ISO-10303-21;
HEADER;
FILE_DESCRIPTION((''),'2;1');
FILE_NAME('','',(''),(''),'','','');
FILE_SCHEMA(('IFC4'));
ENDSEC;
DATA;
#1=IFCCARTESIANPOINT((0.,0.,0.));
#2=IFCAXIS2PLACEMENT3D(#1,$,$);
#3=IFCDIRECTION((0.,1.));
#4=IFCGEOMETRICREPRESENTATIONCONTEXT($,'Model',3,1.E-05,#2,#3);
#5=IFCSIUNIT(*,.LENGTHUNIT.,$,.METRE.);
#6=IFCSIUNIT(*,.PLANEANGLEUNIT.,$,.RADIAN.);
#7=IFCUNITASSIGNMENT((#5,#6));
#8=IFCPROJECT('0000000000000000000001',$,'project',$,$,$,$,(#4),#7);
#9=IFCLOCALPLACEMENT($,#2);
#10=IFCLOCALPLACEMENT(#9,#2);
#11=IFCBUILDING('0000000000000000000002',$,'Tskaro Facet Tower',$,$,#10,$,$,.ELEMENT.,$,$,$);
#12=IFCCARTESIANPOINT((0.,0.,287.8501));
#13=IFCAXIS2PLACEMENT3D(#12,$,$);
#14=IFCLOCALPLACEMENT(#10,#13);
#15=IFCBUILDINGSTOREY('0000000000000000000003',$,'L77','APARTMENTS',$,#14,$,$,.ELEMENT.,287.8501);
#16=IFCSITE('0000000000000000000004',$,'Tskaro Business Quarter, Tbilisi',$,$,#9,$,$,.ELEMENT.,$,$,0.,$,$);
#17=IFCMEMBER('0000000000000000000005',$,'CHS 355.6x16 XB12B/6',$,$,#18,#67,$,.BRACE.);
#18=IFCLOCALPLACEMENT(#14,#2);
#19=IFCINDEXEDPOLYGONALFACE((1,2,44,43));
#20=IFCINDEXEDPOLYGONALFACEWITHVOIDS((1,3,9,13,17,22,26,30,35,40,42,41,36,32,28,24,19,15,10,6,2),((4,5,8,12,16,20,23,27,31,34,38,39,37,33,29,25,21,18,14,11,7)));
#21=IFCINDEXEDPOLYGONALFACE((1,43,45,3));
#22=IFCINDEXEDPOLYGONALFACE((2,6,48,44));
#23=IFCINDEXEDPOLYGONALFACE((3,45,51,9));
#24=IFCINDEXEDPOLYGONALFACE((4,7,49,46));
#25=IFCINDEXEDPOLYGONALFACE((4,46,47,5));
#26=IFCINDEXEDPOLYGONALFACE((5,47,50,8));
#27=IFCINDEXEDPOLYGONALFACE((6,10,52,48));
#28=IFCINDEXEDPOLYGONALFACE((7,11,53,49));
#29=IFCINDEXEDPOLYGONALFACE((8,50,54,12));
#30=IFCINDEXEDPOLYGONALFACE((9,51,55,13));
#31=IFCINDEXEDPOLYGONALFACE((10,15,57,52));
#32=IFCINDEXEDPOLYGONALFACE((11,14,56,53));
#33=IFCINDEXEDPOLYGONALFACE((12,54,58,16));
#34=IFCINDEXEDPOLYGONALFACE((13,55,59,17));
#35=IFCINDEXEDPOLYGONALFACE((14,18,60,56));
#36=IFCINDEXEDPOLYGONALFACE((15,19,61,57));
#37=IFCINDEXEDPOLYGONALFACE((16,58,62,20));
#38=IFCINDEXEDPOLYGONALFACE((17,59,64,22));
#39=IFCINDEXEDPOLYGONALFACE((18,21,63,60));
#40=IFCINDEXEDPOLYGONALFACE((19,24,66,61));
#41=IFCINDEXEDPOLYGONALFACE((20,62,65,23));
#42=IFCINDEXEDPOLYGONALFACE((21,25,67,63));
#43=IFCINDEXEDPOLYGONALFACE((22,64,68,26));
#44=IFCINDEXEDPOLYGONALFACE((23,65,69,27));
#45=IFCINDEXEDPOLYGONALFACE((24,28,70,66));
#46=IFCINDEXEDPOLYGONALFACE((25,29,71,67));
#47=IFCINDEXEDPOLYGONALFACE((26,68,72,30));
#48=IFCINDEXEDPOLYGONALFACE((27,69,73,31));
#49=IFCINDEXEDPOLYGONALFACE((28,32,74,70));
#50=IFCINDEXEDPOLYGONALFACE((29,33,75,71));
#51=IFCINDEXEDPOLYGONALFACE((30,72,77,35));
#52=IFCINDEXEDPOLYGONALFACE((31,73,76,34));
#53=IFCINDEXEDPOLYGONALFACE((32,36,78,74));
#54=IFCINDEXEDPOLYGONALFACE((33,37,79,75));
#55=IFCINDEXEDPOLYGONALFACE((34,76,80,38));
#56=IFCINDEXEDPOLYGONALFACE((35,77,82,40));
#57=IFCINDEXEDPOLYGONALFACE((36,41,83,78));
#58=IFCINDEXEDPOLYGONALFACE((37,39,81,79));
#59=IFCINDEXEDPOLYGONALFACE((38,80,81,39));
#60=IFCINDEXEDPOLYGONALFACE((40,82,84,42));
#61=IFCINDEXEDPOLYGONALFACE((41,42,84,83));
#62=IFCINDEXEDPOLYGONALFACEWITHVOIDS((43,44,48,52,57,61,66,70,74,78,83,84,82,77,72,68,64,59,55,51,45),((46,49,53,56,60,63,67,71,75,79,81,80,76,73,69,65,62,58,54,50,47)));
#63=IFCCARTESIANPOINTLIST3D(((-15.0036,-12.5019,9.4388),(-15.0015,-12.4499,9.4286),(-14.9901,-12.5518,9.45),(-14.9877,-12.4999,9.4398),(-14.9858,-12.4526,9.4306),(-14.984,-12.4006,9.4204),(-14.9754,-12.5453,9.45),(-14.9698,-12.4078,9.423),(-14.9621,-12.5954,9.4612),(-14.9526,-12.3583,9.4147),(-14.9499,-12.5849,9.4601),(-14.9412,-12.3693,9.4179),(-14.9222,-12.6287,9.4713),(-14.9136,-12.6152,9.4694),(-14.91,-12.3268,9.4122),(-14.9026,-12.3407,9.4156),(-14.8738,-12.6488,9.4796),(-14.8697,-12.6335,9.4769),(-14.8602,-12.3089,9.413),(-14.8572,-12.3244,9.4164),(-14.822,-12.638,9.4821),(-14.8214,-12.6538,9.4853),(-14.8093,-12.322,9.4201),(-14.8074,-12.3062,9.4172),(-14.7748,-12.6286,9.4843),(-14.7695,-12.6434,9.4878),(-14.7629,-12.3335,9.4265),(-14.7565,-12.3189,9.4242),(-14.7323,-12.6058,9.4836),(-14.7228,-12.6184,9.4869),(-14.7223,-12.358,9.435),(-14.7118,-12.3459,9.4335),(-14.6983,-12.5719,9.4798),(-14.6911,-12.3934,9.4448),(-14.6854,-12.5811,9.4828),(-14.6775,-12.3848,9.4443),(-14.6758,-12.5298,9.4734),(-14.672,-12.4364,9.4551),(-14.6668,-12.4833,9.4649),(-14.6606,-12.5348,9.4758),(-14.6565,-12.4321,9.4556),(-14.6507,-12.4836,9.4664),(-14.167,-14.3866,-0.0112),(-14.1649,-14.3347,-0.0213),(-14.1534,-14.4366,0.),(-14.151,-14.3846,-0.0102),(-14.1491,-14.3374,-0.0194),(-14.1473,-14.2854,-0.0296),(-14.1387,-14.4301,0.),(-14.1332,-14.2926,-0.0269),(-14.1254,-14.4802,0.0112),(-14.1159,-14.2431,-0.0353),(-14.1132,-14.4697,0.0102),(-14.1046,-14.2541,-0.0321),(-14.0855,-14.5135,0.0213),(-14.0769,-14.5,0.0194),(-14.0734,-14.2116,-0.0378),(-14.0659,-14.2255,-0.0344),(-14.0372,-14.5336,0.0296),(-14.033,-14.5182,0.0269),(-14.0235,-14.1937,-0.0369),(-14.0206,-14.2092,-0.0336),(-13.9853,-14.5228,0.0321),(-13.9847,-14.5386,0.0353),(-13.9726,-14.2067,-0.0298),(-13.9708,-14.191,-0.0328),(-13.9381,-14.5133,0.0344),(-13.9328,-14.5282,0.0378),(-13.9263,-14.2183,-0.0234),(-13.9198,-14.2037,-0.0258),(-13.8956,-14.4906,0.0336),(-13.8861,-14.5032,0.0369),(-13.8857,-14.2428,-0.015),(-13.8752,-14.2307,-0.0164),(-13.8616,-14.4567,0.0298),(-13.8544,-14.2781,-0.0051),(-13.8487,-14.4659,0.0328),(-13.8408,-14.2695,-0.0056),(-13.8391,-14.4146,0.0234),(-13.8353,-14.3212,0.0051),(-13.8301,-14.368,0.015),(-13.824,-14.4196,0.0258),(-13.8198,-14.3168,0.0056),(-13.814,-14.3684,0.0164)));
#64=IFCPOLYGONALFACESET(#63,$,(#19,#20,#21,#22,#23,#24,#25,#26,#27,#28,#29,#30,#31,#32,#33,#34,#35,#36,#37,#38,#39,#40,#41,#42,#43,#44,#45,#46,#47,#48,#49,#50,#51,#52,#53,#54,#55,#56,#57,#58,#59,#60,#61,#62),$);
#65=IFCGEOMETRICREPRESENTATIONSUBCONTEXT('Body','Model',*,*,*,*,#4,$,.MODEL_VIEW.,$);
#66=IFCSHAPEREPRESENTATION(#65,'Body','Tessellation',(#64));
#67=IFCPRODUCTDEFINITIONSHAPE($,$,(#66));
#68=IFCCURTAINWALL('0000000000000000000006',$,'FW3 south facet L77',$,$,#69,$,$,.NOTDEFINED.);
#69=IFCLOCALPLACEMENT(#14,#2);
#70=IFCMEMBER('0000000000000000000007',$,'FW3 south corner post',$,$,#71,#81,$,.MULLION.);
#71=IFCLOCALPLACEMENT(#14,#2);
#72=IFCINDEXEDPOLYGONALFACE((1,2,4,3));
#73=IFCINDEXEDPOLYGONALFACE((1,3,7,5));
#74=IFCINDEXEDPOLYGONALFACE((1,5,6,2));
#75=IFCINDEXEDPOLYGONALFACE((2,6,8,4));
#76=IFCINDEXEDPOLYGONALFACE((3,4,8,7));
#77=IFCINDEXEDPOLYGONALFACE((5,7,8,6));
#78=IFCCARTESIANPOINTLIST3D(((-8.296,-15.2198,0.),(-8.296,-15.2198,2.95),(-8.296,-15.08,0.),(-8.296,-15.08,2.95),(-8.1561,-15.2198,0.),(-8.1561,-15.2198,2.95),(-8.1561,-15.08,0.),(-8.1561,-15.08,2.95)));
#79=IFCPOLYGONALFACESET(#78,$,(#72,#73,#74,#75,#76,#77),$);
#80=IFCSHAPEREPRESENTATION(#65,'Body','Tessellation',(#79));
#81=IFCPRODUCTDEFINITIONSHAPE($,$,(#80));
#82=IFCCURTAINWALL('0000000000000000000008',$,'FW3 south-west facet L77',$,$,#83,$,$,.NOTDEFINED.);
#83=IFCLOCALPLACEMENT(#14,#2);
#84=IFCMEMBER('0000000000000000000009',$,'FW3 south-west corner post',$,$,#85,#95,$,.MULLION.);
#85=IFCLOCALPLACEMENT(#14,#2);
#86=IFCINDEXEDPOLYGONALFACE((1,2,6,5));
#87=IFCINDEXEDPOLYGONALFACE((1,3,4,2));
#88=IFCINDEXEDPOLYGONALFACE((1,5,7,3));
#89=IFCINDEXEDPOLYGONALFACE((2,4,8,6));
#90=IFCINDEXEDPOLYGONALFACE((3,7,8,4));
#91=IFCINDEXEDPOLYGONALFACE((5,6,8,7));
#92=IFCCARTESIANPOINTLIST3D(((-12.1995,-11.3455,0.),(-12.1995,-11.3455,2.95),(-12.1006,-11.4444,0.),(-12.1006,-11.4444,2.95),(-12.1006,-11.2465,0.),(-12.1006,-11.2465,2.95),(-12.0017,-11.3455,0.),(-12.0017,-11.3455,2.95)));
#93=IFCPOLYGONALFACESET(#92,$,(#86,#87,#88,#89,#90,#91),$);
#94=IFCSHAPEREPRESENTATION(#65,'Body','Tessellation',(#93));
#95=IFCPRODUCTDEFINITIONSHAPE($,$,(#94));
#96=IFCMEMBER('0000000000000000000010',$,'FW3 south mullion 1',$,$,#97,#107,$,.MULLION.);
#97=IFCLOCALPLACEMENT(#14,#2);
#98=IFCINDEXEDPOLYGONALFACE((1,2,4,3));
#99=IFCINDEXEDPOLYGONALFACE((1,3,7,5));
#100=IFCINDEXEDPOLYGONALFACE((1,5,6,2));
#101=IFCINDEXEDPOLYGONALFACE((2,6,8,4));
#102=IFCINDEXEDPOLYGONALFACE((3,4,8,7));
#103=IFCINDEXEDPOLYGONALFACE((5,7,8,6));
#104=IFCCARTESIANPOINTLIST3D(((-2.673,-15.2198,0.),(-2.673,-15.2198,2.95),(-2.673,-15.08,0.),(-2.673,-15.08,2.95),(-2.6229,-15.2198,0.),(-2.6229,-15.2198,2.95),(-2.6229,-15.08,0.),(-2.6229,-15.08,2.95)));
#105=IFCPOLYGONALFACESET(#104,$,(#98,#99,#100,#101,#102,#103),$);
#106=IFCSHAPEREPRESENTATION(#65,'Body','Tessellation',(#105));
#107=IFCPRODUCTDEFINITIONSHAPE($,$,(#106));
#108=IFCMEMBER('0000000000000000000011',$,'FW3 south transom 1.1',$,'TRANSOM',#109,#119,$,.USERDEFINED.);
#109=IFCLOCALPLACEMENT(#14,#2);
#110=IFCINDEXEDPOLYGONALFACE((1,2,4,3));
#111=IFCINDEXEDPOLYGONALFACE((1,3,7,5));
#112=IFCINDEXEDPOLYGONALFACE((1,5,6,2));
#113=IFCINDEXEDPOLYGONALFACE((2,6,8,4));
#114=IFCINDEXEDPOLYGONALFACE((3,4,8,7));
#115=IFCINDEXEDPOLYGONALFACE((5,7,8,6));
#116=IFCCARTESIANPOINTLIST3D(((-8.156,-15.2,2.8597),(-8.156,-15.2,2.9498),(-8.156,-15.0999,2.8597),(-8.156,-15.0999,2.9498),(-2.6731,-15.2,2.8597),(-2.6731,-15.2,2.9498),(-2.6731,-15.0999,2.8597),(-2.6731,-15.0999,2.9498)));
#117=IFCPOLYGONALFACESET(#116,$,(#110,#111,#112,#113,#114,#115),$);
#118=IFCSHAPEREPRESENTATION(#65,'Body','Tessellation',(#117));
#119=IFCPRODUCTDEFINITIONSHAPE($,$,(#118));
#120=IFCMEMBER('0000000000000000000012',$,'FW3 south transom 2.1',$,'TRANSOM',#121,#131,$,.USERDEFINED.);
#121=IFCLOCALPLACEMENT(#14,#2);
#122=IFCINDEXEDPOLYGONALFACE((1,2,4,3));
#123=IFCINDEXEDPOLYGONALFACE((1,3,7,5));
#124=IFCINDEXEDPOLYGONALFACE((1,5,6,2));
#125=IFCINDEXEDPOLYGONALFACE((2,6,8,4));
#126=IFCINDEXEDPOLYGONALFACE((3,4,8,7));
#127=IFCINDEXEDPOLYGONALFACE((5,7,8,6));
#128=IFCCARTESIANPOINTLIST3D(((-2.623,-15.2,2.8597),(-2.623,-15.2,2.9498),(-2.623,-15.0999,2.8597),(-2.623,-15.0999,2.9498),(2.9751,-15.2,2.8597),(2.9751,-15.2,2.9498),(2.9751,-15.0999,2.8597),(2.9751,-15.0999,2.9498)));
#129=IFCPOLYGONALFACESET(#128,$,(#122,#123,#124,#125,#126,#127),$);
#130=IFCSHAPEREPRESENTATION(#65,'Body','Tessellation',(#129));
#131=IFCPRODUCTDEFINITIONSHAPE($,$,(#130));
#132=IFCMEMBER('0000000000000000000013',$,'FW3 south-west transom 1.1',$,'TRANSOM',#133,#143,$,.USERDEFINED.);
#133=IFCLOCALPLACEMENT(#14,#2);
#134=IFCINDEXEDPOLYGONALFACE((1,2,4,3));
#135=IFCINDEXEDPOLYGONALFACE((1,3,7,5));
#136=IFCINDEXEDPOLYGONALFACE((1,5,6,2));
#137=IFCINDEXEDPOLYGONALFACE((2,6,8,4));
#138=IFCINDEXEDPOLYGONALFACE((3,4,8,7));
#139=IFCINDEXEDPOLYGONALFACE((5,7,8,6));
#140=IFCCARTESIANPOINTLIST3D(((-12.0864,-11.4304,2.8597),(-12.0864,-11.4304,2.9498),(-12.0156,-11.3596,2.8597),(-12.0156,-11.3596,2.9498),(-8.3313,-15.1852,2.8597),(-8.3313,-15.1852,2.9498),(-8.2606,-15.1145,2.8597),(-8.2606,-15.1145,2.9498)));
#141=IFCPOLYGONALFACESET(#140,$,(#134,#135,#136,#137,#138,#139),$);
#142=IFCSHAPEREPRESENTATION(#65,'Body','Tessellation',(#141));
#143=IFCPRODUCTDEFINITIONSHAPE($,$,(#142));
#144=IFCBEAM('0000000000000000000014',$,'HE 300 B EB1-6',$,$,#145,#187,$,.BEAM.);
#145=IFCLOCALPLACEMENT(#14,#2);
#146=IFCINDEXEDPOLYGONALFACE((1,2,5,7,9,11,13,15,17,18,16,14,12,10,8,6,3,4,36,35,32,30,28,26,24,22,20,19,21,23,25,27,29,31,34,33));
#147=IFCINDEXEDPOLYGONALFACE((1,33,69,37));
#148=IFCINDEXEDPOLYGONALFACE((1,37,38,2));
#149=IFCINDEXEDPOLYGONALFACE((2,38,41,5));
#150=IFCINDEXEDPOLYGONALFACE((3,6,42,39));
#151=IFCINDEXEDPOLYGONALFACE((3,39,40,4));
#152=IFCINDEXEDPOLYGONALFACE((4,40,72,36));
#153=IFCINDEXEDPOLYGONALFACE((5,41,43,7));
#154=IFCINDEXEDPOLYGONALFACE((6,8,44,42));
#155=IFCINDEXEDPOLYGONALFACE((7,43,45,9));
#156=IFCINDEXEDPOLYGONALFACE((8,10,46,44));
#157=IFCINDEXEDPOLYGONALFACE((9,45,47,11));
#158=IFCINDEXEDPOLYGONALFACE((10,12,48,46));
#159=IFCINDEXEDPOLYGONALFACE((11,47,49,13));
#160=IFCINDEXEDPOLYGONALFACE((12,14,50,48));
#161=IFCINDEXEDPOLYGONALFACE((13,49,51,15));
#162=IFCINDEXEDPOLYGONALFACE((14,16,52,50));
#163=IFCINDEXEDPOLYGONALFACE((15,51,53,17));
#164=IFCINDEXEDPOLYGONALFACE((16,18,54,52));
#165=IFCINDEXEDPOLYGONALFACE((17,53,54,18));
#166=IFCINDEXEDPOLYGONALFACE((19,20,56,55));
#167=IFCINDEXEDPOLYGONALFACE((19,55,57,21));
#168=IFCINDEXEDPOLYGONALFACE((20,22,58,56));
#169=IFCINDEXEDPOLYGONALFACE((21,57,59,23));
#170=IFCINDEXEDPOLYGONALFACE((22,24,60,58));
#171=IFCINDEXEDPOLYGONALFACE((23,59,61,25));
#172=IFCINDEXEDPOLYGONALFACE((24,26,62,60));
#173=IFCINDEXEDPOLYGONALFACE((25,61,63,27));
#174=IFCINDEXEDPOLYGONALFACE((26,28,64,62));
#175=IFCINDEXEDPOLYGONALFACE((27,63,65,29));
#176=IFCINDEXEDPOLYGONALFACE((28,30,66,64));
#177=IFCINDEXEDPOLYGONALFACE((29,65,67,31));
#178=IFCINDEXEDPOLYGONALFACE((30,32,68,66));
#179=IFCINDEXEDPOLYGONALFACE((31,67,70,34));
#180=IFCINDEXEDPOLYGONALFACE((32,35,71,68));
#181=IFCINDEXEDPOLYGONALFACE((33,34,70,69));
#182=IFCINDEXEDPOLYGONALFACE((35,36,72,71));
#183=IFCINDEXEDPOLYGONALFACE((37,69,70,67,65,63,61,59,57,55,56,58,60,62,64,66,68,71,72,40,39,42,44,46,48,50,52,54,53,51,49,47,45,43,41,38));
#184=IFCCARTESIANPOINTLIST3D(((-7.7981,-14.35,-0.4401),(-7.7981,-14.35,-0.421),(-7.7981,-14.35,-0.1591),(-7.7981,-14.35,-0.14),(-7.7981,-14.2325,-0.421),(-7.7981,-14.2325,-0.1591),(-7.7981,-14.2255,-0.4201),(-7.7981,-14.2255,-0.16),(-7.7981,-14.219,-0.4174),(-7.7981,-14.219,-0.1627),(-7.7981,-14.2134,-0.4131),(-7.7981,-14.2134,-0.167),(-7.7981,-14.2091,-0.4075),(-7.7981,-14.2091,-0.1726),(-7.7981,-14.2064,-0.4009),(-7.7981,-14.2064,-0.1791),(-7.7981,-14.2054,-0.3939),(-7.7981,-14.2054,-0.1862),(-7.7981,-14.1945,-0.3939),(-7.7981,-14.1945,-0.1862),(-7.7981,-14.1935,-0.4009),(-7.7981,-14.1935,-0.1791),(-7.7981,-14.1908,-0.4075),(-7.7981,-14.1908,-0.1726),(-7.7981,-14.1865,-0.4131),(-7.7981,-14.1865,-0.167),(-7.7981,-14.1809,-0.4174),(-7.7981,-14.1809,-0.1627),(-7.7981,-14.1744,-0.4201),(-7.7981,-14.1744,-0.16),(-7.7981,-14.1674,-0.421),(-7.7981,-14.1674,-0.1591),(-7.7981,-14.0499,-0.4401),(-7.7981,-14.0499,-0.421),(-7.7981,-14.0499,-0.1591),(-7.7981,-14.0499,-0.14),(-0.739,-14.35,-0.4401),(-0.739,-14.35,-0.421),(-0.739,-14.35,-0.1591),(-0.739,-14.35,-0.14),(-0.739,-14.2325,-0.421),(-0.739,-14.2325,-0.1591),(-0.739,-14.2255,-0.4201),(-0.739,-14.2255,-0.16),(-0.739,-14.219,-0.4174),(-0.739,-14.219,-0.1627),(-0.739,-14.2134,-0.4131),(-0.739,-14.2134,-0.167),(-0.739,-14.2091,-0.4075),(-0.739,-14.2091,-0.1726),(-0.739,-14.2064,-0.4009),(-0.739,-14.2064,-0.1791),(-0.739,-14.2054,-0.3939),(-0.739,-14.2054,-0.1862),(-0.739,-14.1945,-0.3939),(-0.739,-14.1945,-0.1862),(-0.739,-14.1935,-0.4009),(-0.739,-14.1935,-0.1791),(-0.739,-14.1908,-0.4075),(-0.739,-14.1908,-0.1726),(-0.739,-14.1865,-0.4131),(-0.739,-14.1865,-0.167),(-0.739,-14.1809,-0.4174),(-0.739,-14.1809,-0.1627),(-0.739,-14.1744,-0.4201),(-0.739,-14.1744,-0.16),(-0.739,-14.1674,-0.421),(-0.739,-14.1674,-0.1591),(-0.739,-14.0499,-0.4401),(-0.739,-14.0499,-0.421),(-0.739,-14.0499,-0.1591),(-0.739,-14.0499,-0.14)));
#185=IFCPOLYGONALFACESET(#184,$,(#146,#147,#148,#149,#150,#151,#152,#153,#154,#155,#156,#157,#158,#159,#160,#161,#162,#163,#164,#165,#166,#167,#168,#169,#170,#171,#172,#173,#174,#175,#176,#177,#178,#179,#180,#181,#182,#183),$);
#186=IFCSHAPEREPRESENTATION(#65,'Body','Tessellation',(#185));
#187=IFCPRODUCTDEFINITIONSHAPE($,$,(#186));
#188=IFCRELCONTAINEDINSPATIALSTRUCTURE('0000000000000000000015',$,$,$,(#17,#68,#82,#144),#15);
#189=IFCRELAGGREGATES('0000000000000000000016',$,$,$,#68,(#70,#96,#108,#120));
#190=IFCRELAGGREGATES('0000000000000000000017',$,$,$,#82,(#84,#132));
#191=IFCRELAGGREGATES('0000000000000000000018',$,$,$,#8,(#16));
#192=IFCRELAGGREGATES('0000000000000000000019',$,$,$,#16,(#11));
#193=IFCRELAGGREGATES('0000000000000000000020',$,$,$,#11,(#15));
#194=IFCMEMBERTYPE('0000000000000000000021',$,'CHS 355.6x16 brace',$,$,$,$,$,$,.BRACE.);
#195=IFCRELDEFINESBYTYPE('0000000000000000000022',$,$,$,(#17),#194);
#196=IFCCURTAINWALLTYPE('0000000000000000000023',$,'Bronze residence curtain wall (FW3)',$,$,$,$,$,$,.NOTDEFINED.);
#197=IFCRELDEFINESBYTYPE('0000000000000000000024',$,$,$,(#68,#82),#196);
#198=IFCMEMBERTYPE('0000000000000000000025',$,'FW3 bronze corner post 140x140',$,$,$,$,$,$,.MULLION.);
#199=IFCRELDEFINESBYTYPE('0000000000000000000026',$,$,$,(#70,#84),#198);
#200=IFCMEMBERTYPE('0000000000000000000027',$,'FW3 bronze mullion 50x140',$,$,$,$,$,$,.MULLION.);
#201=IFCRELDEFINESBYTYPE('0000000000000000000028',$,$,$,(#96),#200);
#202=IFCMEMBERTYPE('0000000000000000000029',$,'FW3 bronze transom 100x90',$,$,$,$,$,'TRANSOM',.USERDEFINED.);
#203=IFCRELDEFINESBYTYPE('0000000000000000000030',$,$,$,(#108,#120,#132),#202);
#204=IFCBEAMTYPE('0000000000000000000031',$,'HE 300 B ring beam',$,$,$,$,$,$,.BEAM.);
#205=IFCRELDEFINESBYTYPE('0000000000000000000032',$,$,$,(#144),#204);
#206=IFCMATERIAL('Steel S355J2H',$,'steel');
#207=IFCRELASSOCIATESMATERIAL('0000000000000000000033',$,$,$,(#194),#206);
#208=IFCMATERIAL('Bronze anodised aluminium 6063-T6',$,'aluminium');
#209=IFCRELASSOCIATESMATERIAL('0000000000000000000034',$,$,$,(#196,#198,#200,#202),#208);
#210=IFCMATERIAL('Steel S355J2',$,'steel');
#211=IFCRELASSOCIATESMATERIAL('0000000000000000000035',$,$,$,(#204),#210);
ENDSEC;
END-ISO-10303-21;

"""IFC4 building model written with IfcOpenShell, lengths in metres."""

from ifc_helpers import new_model, si_unit, direction, frame, origin, origin_2d, place, context, subcontext, project, spatial, rectangle, hollow_circle, i_section, extrude, material, material_profile, profile_set, type_object, element, aggregate, save


model = new_model("IFC4")

# Units and contexts
model_context = context("Model", 3, precision=1e-05, world=origin(), true_north=direction((0.0, 1.0)))
body_context = subcontext(model_context, "Body", "Model", "MODEL_VIEW")
ifc_project = project(units=[si_unit("LENGTHUNIT", "METRE"), si_unit("PLANEANGLEUNIT", "RADIAN")], contexts=[model_context])

# Site, building, storey
site_placement = place(None, origin())
site = spatial("IfcSite", under=ifc_project, at=site_placement, Name="Tskaro Business Quarter, Tbilisi", CompositionType="ELEMENT", RefElevation=0.0)
building_placement = place(site_placement, origin())
building = spatial("IfcBuilding", under=site, at=building_placement, Name="Tskaro Facet Tower", CompositionType="ELEMENT")
storey_placement = place(building_placement, frame((0.0, 0.0, 287.8501)))
storey = spatial("IfcBuildingStorey", under=building, at=storey_placement, Name="L77", Description="APARTMENTS", CompositionType="ELEMENT", Elevation=287.8501)

# Shared definitions
ifc_material_1 = material(Name="Steel S355J2", Category="steel")
ifc_material_2 = material(Name="Steel S355J2H", Category="steel")

# Member
ifc_material_profile_1 = material_profile(ifc_material_2, hollow_circle(Radius=0.1777, WallThickness=0.0161, at=origin_2d()), Name="CHS 355.6x16")
ifc_profile_set_1 = profile_set([ifc_material_profile_1], Name="Steel S355J2H")
member_type_1 = type_object("IfcMemberType", Name="CHS 355.6x16 brace", PredefinedType="BRACE", material=ifc_profile_set_1)
for number, where, z_axis, x_axis, name in (
    (1, (-13.991, -14.3645, 0.0), (-0.086501, 0.194862, 0.977009), (-0.913992, -0.405732, 0.0), "CHS 355.6x16 XB12B/6"),
):
    element("IfcMember", number, at=place(storey_placement, frame(where, z_axis=z_axis, x_axis=x_axis)), inside=storey, type_object=member_type_1, Name=name, PredefinedType="BRACE", context=body_context, shape_type="SweptSolid", body=[
        extrude(hollow_circle(Radius=0.1777, WallThickness=0.0161, at=origin_2d()), origin(), (0.0, 0.0, 1.0), 9.6724),
    ])

# Curtain walls, members
ifc_material_3 = material(Name="Bronze anodised aluminium 6063-T6", Category="aluminium")
curtain_wall_type = type_object("IfcCurtainWallType", Name="Bronze residence curtain wall (FW3)", PredefinedType="NOTDEFINED", material=ifc_material_3)
curtain_wall_1_placement = place(storey_placement, origin())
curtain_wall_1 = element("IfcCurtainWall", 2, at=curtain_wall_1_placement, inside=storey, type_object=curtain_wall_type, Name="FW3 south facet L77", PredefinedType="NOTDEFINED")
ifc_material_profile_2 = material_profile(ifc_material_3, rectangle(XDim=0.1399, YDim=0.1399, at=origin_2d()), Name="Corner post 140x140")
ifc_profile_set_2 = profile_set([ifc_material_profile_2], Name="Bronze anodised aluminium 6063-T6")
member_type_2 = type_object("IfcMemberType", Name="FW3 bronze corner post 140x140", PredefinedType="MULLION", material=ifc_profile_set_2)
member_1_placement = place(storey_placement, frame((-8.2261, -15.1499, 0.0), z_axis=(0.0, 0.0, 1.0), x_axis=(1.0, 0.0, 0.0)))
member_1 = element("IfcMember", 3, at=member_1_placement, type_object=member_type_2, Name="FW3 south corner post", PredefinedType="MULLION", context=body_context, shape_type="SweptSolid", body=[
    extrude(rectangle(XDim=0.1399, YDim=0.1399, at=origin_2d()), origin(), (0.0, 0.0, 1.0), 2.95),
])
curtain_wall_2_placement = place(storey_placement, origin())
curtain_wall_2 = element("IfcCurtainWall", 4, at=curtain_wall_2_placement, inside=storey, type_object=curtain_wall_type, Name="FW3 south-west facet L77", PredefinedType="NOTDEFINED")
member_2_placement = place(storey_placement, frame((-12.1006, -11.3455, 0.0), z_axis=(0.0, 0.0, 1.0), x_axis=(0.707107, -0.707107, 0.0)))
member_2 = element("IfcMember", 5, at=member_2_placement, type_object=member_type_2, Name="FW3 south-west corner post", PredefinedType="MULLION", context=body_context, shape_type="SweptSolid", body=[
    extrude(rectangle(XDim=0.1399, YDim=0.1399, at=origin_2d()), origin(), (0.0, 0.0, 1.0), 2.95),
])

# Members
ifc_material_profile_3 = material_profile(ifc_material_3, rectangle(XDim=0.05, YDim=0.1399, at=origin_2d()), Name="Mullion 50x140")
ifc_profile_set_3 = profile_set([ifc_material_profile_3], Name="Bronze anodised aluminium 6063-T6")
member_type_3 = type_object("IfcMemberType", Name="FW3 bronze mullion 50x140", PredefinedType="MULLION", material=ifc_profile_set_3)
member_3_placement = place(storey_placement, frame((-2.6479, -15.1499, 0.0), z_axis=(0.0, 0.0, 1.0), x_axis=(1.0, 0.0, 0.0)))
member_3 = element("IfcMember", 6, at=member_3_placement, type_object=member_type_3, Name="FW3 south mullion 1", PredefinedType="MULLION", context=body_context, shape_type="SweptSolid", body=[
    extrude(rectangle(XDim=0.05, YDim=0.1399, at=origin_2d()), origin(), (0.0, 0.0, 1.0), 2.95),
])
ifc_material_profile_4 = material_profile(ifc_material_3, rectangle(XDim=0.1001, YDim=0.0901, at=origin_2d()), Name="Transom 100x90")
ifc_profile_set_4 = profile_set([ifc_material_profile_4], Name="Bronze anodised aluminium 6063-T6")
member_type_4 = type_object("IfcMemberType", Name="FW3 bronze transom 100x90", ElementType="TRANSOM", PredefinedType="USERDEFINED", material=ifc_profile_set_4)
member_4_placement = place(storey_placement, frame((-8.156, -15.1499, 2.9048), z_axis=(1.0, 0.0, 0.0), x_axis=(0.0, 1.0, 0.0)))
member_4 = element("IfcMember", 7, at=member_4_placement, type_object=member_type_4, Name="FW3 south transom 1.1", ObjectType="TRANSOM", PredefinedType="USERDEFINED", context=body_context, shape_type="SweptSolid", body=[
    extrude(rectangle(XDim=0.1001, YDim=0.0901, at=origin_2d()), origin(), (0.0, 0.0, 1.0), 5.4829),
])
member_5_placement = place(storey_placement, frame((-2.623, -15.1499, 2.9048), z_axis=(1.0, 0.0, 0.0), x_axis=(0.0, 1.0, 0.0)))
member_5 = element("IfcMember", 8, at=member_5_placement, type_object=member_type_4, Name="FW3 south transom 2.1", ObjectType="TRANSOM", PredefinedType="USERDEFINED", context=body_context, shape_type="SweptSolid", body=[
    extrude(rectangle(XDim=0.1001, YDim=0.0901, at=origin_2d()), origin(), (0.0, 0.0, 1.0), 5.5981),
])
member_6_placement = place(storey_placement, frame((-12.051, -11.395, 2.9048), z_axis=(0.70713, -0.707084, 0.0), x_axis=(0.707084, 0.70713, 0.0)))
member_6 = element("IfcMember", 9, at=member_6_placement, type_object=member_type_4, Name="FW3 south-west transom 1.1", ObjectType="TRANSOM", PredefinedType="USERDEFINED", context=body_context, shape_type="SweptSolid", body=[
    extrude(rectangle(XDim=0.1001, YDim=0.0901, at=origin_2d()), origin(), (0.0, 0.0, 1.0), 5.3103),
])

# Beam
ifc_material_profile_5 = material_profile(ifc_material_1, i_section(OverallWidth=0.3, OverallDepth=0.3, WebThickness=0.011, FlangeThickness=0.019, FilletRadius=0.0271, at=origin_2d()), Name="HE 300 B")
ifc_profile_set_5 = profile_set([ifc_material_profile_5], Name="Steel S355J2")
beam_type_1 = type_object("IfcBeamType", Name="HE 300 B ring beam", PredefinedType="BEAM", material=ifc_profile_set_5)
beam_1_placement = place(storey_placement, frame((-7.7981, -14.2, -0.29), z_axis=(1.0, 0.0, 0.0), x_axis=(0.0, 1.0, 0.0)))
element("IfcBeam", 10, at=beam_1_placement, inside=storey, type_object=beam_type_1, Name="HE 300 B EB1-6", PredefinedType="BEAM", context=body_context, shape_type="SweptSolid", body=[
    extrude(i_section(OverallWidth=0.3, OverallDepth=0.3, WebThickness=0.011, FlangeThickness=0.019, FilletRadius=0.0271, at=origin_2d()), origin(), (0.0, 0.0, 1.0), 7.0591),
])

aggregate(curtain_wall_1, [member_1, member_3, member_4, member_5])
aggregate(curtain_wall_2, [member_2, member_6])

save(model, "model.ifc")
